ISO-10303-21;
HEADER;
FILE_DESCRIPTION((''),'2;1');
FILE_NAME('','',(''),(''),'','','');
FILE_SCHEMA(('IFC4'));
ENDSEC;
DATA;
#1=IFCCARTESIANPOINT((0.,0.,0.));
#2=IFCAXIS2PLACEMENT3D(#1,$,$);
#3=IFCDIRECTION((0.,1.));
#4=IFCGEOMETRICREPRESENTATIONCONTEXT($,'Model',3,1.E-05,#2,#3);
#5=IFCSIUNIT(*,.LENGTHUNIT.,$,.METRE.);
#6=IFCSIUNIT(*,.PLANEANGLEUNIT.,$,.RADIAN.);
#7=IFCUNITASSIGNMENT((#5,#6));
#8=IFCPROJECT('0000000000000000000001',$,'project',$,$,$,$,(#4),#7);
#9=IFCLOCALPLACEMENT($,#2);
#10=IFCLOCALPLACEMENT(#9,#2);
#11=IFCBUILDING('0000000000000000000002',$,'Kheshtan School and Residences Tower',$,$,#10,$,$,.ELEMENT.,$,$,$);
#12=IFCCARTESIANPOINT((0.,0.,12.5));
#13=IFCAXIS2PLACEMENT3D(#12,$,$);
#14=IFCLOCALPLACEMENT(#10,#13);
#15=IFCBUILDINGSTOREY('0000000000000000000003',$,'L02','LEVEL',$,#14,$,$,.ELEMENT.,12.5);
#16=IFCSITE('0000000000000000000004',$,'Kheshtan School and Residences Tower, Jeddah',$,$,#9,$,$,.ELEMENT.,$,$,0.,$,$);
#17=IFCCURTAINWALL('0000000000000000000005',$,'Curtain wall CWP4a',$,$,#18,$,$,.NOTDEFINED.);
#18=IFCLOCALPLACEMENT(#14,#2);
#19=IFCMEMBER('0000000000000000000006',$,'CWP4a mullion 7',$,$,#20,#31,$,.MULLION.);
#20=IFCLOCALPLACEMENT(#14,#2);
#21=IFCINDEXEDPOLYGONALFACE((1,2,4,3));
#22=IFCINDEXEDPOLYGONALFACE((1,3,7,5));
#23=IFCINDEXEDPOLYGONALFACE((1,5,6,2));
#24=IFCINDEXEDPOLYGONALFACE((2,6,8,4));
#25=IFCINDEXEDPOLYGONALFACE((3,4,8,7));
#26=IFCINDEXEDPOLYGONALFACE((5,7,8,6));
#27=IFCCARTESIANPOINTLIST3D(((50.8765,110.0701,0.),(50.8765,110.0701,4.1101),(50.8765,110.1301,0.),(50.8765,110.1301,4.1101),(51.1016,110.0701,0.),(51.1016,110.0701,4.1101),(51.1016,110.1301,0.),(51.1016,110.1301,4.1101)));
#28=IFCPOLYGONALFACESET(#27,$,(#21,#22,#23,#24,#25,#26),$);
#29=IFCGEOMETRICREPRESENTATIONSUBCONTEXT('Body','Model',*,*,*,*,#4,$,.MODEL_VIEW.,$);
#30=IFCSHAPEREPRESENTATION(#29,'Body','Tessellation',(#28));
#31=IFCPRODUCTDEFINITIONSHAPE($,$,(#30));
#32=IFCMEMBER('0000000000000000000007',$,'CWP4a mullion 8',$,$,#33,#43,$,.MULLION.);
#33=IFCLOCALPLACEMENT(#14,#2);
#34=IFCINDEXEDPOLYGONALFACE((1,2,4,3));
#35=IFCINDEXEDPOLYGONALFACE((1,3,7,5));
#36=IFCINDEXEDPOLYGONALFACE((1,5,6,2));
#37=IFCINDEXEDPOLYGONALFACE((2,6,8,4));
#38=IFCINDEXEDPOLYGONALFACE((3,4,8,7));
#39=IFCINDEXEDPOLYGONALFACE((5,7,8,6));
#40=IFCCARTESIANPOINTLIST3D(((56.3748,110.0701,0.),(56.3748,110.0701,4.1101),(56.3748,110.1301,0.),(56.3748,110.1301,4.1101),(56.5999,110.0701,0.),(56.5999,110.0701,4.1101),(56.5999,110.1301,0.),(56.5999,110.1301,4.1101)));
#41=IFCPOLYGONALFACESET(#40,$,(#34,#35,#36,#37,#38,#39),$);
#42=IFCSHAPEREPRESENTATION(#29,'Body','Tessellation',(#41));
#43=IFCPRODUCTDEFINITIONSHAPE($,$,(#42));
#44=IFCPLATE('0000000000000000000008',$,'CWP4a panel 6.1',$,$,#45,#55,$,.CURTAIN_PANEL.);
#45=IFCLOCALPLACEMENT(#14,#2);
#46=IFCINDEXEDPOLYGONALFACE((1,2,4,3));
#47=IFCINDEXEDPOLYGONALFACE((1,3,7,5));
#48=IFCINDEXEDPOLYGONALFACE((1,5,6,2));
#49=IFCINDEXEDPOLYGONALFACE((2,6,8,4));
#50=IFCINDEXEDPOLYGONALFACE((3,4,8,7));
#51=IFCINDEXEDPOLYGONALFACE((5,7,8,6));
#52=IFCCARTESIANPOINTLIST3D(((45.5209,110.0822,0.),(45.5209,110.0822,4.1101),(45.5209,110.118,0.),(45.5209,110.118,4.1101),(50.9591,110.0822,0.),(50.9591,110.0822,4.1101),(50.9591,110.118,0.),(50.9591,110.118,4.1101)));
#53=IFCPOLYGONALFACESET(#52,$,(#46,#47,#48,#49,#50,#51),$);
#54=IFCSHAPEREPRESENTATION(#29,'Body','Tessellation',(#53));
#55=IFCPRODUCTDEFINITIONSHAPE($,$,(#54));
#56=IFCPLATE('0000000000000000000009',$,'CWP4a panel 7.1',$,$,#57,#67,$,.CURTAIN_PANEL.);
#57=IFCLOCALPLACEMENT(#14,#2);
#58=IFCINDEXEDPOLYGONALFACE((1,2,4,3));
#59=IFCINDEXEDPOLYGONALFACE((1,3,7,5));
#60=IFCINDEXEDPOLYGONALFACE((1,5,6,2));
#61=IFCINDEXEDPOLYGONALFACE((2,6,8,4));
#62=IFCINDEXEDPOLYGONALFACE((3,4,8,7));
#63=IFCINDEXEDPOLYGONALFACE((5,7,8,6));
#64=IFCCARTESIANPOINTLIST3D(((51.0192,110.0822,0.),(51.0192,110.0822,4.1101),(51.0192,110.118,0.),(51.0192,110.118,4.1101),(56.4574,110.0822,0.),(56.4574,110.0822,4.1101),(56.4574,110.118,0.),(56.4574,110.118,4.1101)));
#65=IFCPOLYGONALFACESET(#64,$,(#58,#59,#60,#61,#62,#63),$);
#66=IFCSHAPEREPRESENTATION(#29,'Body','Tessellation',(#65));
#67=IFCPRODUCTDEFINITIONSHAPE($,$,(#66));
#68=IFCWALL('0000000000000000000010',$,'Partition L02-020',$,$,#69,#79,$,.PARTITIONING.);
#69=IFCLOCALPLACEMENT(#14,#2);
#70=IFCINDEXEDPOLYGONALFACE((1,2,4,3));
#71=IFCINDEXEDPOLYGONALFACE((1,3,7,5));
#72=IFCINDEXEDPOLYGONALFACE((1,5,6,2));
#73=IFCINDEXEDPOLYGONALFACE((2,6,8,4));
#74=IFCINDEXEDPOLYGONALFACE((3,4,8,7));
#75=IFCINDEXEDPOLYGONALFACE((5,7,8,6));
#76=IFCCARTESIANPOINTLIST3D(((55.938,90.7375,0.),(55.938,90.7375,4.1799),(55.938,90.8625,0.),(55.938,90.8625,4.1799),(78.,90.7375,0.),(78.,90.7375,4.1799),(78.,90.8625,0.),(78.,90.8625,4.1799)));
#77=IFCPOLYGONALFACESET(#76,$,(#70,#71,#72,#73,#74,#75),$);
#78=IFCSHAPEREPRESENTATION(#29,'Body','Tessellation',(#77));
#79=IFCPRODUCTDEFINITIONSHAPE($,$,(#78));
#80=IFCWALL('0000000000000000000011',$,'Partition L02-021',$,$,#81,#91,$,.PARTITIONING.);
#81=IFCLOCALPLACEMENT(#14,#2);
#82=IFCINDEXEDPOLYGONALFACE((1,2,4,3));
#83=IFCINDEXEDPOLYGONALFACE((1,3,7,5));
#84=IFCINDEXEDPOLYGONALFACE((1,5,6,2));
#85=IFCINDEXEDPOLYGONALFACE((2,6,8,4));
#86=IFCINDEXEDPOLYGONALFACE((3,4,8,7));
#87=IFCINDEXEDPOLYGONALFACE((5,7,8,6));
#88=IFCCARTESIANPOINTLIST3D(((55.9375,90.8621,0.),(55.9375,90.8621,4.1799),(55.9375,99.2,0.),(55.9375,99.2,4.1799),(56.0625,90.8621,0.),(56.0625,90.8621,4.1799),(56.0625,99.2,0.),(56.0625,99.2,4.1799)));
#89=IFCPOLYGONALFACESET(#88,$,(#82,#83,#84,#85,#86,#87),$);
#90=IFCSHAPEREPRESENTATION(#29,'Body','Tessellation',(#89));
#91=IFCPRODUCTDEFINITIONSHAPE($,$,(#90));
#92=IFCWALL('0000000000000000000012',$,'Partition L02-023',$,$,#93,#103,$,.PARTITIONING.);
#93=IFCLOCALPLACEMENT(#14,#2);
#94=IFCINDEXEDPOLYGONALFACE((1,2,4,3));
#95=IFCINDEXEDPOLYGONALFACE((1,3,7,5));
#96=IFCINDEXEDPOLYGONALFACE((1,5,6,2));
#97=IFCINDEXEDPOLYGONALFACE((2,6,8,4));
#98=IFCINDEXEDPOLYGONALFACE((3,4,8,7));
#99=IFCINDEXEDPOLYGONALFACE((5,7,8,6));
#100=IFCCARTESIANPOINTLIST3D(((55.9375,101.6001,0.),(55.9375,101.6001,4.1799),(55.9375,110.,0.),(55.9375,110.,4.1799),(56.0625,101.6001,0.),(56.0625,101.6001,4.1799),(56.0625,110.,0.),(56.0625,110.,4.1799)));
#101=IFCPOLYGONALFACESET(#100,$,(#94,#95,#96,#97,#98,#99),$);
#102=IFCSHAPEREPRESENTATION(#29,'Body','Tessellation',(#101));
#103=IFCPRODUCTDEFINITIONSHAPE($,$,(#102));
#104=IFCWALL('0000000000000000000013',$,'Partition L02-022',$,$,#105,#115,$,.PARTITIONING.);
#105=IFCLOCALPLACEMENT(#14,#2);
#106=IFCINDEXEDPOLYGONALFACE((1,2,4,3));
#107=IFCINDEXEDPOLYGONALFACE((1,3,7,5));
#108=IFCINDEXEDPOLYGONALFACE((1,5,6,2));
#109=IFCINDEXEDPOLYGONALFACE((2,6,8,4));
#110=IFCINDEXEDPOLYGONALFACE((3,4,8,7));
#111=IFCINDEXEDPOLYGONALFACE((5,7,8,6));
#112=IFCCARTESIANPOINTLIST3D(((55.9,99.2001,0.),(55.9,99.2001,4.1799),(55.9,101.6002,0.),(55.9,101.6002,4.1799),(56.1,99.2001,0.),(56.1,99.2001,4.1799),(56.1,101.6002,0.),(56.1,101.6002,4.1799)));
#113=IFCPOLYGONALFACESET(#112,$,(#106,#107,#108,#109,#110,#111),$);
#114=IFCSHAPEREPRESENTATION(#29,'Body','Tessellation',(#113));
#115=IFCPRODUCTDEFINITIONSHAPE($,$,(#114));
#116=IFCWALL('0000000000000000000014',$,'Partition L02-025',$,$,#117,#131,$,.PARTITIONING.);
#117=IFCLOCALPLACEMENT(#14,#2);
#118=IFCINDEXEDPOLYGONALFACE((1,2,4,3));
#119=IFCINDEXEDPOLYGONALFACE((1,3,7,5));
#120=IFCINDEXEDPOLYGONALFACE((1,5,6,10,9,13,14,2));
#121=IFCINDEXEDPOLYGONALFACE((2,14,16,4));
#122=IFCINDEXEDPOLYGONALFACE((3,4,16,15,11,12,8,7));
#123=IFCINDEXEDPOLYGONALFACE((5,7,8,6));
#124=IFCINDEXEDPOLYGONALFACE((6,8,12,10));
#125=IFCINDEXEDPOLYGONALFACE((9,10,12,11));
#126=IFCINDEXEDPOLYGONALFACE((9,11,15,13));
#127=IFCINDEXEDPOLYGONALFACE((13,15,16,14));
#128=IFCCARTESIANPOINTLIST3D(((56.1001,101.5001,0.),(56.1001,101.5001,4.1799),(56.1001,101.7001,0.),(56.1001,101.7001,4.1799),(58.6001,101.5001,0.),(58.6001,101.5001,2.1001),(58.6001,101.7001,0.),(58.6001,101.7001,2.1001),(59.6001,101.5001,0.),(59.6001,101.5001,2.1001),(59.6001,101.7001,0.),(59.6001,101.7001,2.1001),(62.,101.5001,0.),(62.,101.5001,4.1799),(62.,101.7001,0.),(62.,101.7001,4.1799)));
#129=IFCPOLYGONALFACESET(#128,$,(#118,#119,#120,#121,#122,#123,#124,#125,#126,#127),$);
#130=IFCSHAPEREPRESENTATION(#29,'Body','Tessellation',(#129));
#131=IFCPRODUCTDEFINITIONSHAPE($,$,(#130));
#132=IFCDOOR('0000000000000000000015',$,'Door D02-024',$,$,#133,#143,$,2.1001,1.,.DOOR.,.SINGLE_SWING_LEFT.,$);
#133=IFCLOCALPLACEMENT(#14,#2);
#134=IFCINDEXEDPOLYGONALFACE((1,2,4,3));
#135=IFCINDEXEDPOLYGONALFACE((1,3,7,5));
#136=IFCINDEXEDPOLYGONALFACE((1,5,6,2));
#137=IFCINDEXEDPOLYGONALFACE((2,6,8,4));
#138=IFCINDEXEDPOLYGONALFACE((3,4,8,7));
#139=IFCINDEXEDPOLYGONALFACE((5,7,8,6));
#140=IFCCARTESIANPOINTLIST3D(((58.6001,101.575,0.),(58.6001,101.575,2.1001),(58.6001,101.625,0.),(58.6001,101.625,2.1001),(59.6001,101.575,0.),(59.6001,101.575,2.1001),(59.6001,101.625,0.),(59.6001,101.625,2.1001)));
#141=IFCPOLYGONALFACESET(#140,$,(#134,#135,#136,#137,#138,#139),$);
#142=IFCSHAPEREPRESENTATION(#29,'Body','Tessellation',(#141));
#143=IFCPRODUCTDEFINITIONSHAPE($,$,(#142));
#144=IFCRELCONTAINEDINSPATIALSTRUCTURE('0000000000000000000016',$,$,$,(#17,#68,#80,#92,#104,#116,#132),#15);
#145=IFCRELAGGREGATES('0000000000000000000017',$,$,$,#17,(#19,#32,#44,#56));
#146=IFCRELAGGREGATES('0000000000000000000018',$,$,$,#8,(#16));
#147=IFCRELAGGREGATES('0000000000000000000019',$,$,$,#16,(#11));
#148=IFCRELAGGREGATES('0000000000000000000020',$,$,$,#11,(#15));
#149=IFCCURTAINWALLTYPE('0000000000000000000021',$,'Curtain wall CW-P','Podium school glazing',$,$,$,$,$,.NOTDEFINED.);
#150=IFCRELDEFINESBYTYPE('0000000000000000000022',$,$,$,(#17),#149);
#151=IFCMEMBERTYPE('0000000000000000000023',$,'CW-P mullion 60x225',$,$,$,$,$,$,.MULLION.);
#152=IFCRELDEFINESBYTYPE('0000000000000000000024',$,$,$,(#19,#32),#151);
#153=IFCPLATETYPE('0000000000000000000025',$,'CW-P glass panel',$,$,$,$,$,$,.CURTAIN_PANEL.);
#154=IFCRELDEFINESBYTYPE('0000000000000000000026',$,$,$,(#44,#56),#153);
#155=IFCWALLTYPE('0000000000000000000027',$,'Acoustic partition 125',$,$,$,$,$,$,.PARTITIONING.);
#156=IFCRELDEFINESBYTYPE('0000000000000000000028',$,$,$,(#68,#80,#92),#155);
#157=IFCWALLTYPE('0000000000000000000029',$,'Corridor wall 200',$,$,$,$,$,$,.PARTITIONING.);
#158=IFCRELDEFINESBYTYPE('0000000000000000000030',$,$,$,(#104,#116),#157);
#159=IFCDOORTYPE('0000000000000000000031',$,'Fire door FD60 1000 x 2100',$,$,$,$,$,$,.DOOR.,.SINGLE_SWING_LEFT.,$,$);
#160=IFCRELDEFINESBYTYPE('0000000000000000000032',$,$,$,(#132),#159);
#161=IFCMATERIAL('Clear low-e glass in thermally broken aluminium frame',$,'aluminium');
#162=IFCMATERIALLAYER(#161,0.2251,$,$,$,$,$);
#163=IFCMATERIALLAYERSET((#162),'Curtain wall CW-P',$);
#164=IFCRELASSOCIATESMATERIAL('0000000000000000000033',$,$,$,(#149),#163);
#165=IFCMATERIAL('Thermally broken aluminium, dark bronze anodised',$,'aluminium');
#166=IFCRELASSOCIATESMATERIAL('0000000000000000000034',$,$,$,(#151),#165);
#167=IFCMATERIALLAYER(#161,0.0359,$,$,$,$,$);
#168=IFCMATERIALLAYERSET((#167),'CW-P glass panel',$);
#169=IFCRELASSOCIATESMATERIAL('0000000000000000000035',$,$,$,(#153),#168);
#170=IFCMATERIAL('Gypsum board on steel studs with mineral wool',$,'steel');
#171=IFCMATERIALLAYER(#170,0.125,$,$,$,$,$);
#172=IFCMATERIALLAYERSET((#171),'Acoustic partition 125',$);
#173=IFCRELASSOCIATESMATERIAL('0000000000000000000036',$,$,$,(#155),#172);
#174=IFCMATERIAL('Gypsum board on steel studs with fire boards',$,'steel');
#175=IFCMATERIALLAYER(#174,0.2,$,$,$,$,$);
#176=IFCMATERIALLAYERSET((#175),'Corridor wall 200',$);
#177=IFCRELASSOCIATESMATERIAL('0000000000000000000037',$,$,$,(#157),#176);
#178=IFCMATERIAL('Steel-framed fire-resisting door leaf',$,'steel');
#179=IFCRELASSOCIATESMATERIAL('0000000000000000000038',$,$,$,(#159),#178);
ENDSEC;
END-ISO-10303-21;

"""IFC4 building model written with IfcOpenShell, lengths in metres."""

from ifc_helpers import new_model, si_unit, direction, frame, frame_2d, origin, origin_2d, place, context, subcontext, project, spatial, rectangle, extrude, source, transform, mapped, material, layer, layer_set, material_profile, profile_set, type_object, element, fill, aggregate, save


model = new_model("IFC4")

# Units and contexts
model_context = context("Model", 3, precision=1e-05, world=origin(), true_north=direction((0.0, 1.0)))
body_context = subcontext(model_context, "Body", "Model", "MODEL_VIEW")
ifc_project = project(units=[si_unit("LENGTHUNIT", "METRE"), si_unit("PLANEANGLEUNIT", "RADIAN")], contexts=[model_context])

# Site, building, storey
site_placement = place(None, origin())
site = spatial("IfcSite", under=ifc_project, at=site_placement, Name="Kheshtan School and Residences Tower, Jeddah", CompositionType="ELEMENT", RefElevation=0.0)
building_placement = place(site_placement, origin())
building = spatial("IfcBuilding", under=site, at=building_placement, Name="Kheshtan School and Residences Tower", CompositionType="ELEMENT")
storey_placement = place(building_placement, frame((0.0, 0.0, 12.5)))
storey = spatial("IfcBuildingStorey", under=building, at=storey_placement, Name="L02", Description="LEVEL", CompositionType="ELEMENT", Elevation=12.5)

# Curtain wall, members, plates
ifc_material_1 = material(Name="Clear low-e glass in thermally broken aluminium frame", Category="aluminium")
ifc_layer_1 = layer(ifc_material_1, 0.2251)
ifc_layer_set_1 = layer_set([ifc_layer_1], Name="Curtain wall CW-P")
curtain_wall_type = type_object("IfcCurtainWallType", Name="Curtain wall CW-P", Description="Podium school glazing", PredefinedType="NOTDEFINED", material=ifc_layer_set_1)
curtain_wall_placement = place(storey_placement, origin())
curtain_wall = element("IfcCurtainWall", 1, at=curtain_wall_placement, inside=storey, type_object=curtain_wall_type, Name="Curtain wall CWP4a", PredefinedType="NOTDEFINED")
ifc_material_2 = material(Name="Thermally broken aluminium, dark bronze anodised", Category="aluminium")
ifc_material_profile = material_profile(ifc_material_2, rectangle(XDim=0.0601, YDim=0.2251, at=origin_2d()), Name="CW-P mullion 60x225")
ifc_profile_set = profile_set([ifc_material_profile], Name="Thermally broken aluminium, dark bronze anodised")
member_type = type_object("IfcMemberType", Name="CW-P mullion 60x225", PredefinedType="MULLION", material=ifc_profile_set)
member_1_placement = place(storey_placement, frame((50.989, 110.1001, 0.0), z_axis=(0.0, 0.0, 1.0), x_axis=(0.0, 1.0, 0.0)))
member_1 = element("IfcMember", 2, at=member_1_placement, type_object=member_type, Name="CWP4a mullion 7", PredefinedType="MULLION", context=body_context, shape_type="SweptSolid", body=[
    extrude(rectangle(XDim=0.0601, YDim=0.2251, at=origin_2d()), origin(), (0.0, 0.0, 1.0), 4.1101),
])
member_2_placement = place(storey_placement, frame((56.4873, 110.1001, 0.0), z_axis=(0.0, 0.0, 1.0), x_axis=(0.0, 1.0, 0.0)))
member_2 = element("IfcMember", 3, at=member_2_placement, type_object=member_type, Name="CWP4a mullion 8", PredefinedType="MULLION", context=body_context, shape_type="SweptSolid", body=[
    extrude(rectangle(XDim=0.0601, YDim=0.2251, at=origin_2d()), origin(), (0.0, 0.0, 1.0), 4.1101),
])
ifc_layer_2 = layer(ifc_material_1, 0.0359)
ifc_layer_set_2 = layer_set([ifc_layer_2], Name="CW-P glass panel")
plate_type = type_object("IfcPlateType", Name="CW-P glass panel", PredefinedType="CURTAIN_PANEL", material=ifc_layer_set_2)
plate_1_placement = place(storey_placement, frame((48.24, 110.1001, 0.0), z_axis=(0.0, 0.0, 1.0), x_axis=(1.0, 0.0, 0.0)))
plate_1 = element("IfcPlate", 4, at=plate_1_placement, type_object=plate_type, Name="CWP4a panel 6.1", PredefinedType="CURTAIN_PANEL", context=body_context, shape_type="SweptSolid", body=[
    extrude(rectangle(XDim=5.4382, YDim=0.0359, at=origin_2d()), origin(), (0.0, 0.0, 1.0), 4.1101),
])
plate_2_placement = place(storey_placement, frame((53.7383, 110.1001, 0.0), z_axis=(0.0, 0.0, 1.0), x_axis=(1.0, 0.0, 0.0)))
plate_2 = element("IfcPlate", 5, at=plate_2_placement, type_object=plate_type, Name="CWP4a panel 7.1", PredefinedType="CURTAIN_PANEL", context=body_context, shape_type="SweptSolid", body=[
    extrude(rectangle(XDim=5.4382, YDim=0.0359, at=origin_2d()), origin(), (0.0, 0.0, 1.0), 4.1101),
])
aggregate(curtain_wall, [member_1, member_2, plate_1, plate_2])

# Walls
ifc_material_3 = material(Name="Gypsum board on steel studs with mineral wool", Category="steel")
ifc_layer_3 = layer(ifc_material_3, 0.125)
ifc_layer_set_3 = layer_set([ifc_layer_3], Name="Acoustic partition 125")
wall_type_1 = type_object("IfcWallType", Name="Acoustic partition 125", PredefinedType="PARTITIONING", material=ifc_layer_set_3)
wall_1_placement = place(storey_placement, frame((55.938, 90.8, 0.0), z_axis=(0.0, 0.0, 1.0), x_axis=(1.0, 0.0, 0.0)))
element("IfcWall", 6, at=wall_1_placement, inside=storey, type_object=wall_type_1, Name="Partition L02-020", PredefinedType="PARTITIONING", context=body_context, shape_type="SweptSolid", body=[
    extrude(rectangle(XDim=22.062, YDim=0.125, at=frame_2d((11.031, 0.0))), origin(), (0.0, 0.0, 1.0), 4.1799),
])
wall_2_placement = place(storey_placement, frame((56.0, 90.8621, 0.0), z_axis=(0.0, 0.0, 1.0), x_axis=(0.0, 1.0, 0.0)))
element("IfcWall", 7, at=wall_2_placement, inside=storey, type_object=wall_type_1, Name="Partition L02-021", PredefinedType="PARTITIONING", context=body_context, shape_type="SweptSolid", body=[
    extrude(rectangle(XDim=8.3379, YDim=0.125, at=frame_2d((4.1689, 0.0))), origin(), (0.0, 0.0, 1.0), 4.1799),
])
wall_3_placement = place(storey_placement, frame((56.0, 101.6001, 0.0), z_axis=(0.0, 0.0, 1.0), x_axis=(0.0, 1.0, 0.0)))
element("IfcWall", 8, at=wall_3_placement, inside=storey, type_object=wall_type_1, Name="Partition L02-023", PredefinedType="PARTITIONING", context=body_context, shape_type="SweptSolid", body=[
    extrude(rectangle(XDim=8.3999, YDim=0.125, at=frame_2d((4.2, 0.0))), origin(), (0.0, 0.0, 1.0), 4.1799),
])
ifc_material_4 = material(Name="Gypsum board on steel studs with fire boards", Category="steel")
ifc_layer_4 = layer(ifc_material_4, 0.2)
ifc_layer_set_4 = layer_set([ifc_layer_4], Name="Corridor wall 200")
wall_type_2 = type_object("IfcWallType", Name="Corridor wall 200", PredefinedType="PARTITIONING", material=ifc_layer_set_4)
wall_4_placement = place(storey_placement, frame((56.0, 99.2, 0.0), z_axis=(0.0, 0.0, 1.0), x_axis=(0.0, 1.0, 0.0)))
element("IfcWall", 9, at=wall_4_placement, inside=storey, type_object=wall_type_2, Name="Partition L02-022", PredefinedType="PARTITIONING", context=body_context, shape_type="SweptSolid", body=[
    extrude(rectangle(XDim=2.4001, YDim=0.2, at=frame_2d((1.2002, 0.0))), origin(), (0.0, 0.0, 1.0), 4.1799),
])

# Shared definitions
ifc_material_5 = material(Name="Steel-framed fire-resisting door leaf", Category="steel")
door_type = type_object("IfcDoorType", Name="Fire door FD60 1000 x 2100", OperationType="SINGLE_SWING_LEFT", PredefinedType="DOOR", material=ifc_material_5)
shared_shape = source(origin(), body_context, "Body", "SweptSolid", [
    extrude(rectangle(XDim=1.0, YDim=2.1001, at=frame_2d((0.5, 1.05))), frame((0.0, 0.0249, 0.0), z_axis=(0.0, -1.0, 0.0), x_axis=(1.0, 0.0, 0.0)), (0.0, 0.0, 1.0), 0.05),
])

# Wall, opening, door
wall_5_placement = place(storey_placement, frame((56.1001, 101.6001, 0.0), z_axis=(0.0, 0.0, 1.0), x_axis=(1.0, 0.0, 0.0)))
wall_5 = element("IfcWall", 10, at=wall_5_placement, inside=storey, type_object=wall_type_2, Name="Partition L02-025", PredefinedType="PARTITIONING", context=body_context, shape_type="SweptSolid", body=[
    extrude(rectangle(XDim=5.8999, YDim=0.2, at=frame_2d((2.95, 0.0))), origin(), (0.0, 0.0, 1.0), 4.1799),
])
opening_1_placement = place(wall_5_placement, frame((2.5, 0.0, 0.0)))
opening_1 = element("IfcOpeningElement", 11, at=opening_1_placement, cuts=wall_5, PredefinedType="OPENING", context=body_context, shape_type="SweptSolid", body=[
    extrude(rectangle(XDim=1.0, YDim=2.1001, at=frame_2d((0.5, 1.05))), frame((0.0, 0.1099, 0.0), z_axis=(0.0, -1.0, 0.0), x_axis=(1.0, 0.0, 0.0)), (0.0, 0.0, 1.0), 0.22),
])
door_1_placement = place(opening_1_placement, origin())
door_1 = element("IfcDoor", 12, at=door_1_placement, inside=storey, type_object=door_type, Name="Door D02-024", OperationType="SINGLE_SWING_LEFT", OverallHeight=2.1001, OverallWidth=1.0, PredefinedType="DOOR", context=body_context, shape_type="MappedRepresentation", body=[
    mapped(shared_shape, transform((0.0, 0.0, 0.0), x_axis=(1.0, 0.0, 0.0), y_axis=(0.0, 1.0, 0.0), z_axis=(0.0, 0.0, 1.0), scale=1.0)),
])
fill(opening_1, door_1)

save(model, "model.ifc")
